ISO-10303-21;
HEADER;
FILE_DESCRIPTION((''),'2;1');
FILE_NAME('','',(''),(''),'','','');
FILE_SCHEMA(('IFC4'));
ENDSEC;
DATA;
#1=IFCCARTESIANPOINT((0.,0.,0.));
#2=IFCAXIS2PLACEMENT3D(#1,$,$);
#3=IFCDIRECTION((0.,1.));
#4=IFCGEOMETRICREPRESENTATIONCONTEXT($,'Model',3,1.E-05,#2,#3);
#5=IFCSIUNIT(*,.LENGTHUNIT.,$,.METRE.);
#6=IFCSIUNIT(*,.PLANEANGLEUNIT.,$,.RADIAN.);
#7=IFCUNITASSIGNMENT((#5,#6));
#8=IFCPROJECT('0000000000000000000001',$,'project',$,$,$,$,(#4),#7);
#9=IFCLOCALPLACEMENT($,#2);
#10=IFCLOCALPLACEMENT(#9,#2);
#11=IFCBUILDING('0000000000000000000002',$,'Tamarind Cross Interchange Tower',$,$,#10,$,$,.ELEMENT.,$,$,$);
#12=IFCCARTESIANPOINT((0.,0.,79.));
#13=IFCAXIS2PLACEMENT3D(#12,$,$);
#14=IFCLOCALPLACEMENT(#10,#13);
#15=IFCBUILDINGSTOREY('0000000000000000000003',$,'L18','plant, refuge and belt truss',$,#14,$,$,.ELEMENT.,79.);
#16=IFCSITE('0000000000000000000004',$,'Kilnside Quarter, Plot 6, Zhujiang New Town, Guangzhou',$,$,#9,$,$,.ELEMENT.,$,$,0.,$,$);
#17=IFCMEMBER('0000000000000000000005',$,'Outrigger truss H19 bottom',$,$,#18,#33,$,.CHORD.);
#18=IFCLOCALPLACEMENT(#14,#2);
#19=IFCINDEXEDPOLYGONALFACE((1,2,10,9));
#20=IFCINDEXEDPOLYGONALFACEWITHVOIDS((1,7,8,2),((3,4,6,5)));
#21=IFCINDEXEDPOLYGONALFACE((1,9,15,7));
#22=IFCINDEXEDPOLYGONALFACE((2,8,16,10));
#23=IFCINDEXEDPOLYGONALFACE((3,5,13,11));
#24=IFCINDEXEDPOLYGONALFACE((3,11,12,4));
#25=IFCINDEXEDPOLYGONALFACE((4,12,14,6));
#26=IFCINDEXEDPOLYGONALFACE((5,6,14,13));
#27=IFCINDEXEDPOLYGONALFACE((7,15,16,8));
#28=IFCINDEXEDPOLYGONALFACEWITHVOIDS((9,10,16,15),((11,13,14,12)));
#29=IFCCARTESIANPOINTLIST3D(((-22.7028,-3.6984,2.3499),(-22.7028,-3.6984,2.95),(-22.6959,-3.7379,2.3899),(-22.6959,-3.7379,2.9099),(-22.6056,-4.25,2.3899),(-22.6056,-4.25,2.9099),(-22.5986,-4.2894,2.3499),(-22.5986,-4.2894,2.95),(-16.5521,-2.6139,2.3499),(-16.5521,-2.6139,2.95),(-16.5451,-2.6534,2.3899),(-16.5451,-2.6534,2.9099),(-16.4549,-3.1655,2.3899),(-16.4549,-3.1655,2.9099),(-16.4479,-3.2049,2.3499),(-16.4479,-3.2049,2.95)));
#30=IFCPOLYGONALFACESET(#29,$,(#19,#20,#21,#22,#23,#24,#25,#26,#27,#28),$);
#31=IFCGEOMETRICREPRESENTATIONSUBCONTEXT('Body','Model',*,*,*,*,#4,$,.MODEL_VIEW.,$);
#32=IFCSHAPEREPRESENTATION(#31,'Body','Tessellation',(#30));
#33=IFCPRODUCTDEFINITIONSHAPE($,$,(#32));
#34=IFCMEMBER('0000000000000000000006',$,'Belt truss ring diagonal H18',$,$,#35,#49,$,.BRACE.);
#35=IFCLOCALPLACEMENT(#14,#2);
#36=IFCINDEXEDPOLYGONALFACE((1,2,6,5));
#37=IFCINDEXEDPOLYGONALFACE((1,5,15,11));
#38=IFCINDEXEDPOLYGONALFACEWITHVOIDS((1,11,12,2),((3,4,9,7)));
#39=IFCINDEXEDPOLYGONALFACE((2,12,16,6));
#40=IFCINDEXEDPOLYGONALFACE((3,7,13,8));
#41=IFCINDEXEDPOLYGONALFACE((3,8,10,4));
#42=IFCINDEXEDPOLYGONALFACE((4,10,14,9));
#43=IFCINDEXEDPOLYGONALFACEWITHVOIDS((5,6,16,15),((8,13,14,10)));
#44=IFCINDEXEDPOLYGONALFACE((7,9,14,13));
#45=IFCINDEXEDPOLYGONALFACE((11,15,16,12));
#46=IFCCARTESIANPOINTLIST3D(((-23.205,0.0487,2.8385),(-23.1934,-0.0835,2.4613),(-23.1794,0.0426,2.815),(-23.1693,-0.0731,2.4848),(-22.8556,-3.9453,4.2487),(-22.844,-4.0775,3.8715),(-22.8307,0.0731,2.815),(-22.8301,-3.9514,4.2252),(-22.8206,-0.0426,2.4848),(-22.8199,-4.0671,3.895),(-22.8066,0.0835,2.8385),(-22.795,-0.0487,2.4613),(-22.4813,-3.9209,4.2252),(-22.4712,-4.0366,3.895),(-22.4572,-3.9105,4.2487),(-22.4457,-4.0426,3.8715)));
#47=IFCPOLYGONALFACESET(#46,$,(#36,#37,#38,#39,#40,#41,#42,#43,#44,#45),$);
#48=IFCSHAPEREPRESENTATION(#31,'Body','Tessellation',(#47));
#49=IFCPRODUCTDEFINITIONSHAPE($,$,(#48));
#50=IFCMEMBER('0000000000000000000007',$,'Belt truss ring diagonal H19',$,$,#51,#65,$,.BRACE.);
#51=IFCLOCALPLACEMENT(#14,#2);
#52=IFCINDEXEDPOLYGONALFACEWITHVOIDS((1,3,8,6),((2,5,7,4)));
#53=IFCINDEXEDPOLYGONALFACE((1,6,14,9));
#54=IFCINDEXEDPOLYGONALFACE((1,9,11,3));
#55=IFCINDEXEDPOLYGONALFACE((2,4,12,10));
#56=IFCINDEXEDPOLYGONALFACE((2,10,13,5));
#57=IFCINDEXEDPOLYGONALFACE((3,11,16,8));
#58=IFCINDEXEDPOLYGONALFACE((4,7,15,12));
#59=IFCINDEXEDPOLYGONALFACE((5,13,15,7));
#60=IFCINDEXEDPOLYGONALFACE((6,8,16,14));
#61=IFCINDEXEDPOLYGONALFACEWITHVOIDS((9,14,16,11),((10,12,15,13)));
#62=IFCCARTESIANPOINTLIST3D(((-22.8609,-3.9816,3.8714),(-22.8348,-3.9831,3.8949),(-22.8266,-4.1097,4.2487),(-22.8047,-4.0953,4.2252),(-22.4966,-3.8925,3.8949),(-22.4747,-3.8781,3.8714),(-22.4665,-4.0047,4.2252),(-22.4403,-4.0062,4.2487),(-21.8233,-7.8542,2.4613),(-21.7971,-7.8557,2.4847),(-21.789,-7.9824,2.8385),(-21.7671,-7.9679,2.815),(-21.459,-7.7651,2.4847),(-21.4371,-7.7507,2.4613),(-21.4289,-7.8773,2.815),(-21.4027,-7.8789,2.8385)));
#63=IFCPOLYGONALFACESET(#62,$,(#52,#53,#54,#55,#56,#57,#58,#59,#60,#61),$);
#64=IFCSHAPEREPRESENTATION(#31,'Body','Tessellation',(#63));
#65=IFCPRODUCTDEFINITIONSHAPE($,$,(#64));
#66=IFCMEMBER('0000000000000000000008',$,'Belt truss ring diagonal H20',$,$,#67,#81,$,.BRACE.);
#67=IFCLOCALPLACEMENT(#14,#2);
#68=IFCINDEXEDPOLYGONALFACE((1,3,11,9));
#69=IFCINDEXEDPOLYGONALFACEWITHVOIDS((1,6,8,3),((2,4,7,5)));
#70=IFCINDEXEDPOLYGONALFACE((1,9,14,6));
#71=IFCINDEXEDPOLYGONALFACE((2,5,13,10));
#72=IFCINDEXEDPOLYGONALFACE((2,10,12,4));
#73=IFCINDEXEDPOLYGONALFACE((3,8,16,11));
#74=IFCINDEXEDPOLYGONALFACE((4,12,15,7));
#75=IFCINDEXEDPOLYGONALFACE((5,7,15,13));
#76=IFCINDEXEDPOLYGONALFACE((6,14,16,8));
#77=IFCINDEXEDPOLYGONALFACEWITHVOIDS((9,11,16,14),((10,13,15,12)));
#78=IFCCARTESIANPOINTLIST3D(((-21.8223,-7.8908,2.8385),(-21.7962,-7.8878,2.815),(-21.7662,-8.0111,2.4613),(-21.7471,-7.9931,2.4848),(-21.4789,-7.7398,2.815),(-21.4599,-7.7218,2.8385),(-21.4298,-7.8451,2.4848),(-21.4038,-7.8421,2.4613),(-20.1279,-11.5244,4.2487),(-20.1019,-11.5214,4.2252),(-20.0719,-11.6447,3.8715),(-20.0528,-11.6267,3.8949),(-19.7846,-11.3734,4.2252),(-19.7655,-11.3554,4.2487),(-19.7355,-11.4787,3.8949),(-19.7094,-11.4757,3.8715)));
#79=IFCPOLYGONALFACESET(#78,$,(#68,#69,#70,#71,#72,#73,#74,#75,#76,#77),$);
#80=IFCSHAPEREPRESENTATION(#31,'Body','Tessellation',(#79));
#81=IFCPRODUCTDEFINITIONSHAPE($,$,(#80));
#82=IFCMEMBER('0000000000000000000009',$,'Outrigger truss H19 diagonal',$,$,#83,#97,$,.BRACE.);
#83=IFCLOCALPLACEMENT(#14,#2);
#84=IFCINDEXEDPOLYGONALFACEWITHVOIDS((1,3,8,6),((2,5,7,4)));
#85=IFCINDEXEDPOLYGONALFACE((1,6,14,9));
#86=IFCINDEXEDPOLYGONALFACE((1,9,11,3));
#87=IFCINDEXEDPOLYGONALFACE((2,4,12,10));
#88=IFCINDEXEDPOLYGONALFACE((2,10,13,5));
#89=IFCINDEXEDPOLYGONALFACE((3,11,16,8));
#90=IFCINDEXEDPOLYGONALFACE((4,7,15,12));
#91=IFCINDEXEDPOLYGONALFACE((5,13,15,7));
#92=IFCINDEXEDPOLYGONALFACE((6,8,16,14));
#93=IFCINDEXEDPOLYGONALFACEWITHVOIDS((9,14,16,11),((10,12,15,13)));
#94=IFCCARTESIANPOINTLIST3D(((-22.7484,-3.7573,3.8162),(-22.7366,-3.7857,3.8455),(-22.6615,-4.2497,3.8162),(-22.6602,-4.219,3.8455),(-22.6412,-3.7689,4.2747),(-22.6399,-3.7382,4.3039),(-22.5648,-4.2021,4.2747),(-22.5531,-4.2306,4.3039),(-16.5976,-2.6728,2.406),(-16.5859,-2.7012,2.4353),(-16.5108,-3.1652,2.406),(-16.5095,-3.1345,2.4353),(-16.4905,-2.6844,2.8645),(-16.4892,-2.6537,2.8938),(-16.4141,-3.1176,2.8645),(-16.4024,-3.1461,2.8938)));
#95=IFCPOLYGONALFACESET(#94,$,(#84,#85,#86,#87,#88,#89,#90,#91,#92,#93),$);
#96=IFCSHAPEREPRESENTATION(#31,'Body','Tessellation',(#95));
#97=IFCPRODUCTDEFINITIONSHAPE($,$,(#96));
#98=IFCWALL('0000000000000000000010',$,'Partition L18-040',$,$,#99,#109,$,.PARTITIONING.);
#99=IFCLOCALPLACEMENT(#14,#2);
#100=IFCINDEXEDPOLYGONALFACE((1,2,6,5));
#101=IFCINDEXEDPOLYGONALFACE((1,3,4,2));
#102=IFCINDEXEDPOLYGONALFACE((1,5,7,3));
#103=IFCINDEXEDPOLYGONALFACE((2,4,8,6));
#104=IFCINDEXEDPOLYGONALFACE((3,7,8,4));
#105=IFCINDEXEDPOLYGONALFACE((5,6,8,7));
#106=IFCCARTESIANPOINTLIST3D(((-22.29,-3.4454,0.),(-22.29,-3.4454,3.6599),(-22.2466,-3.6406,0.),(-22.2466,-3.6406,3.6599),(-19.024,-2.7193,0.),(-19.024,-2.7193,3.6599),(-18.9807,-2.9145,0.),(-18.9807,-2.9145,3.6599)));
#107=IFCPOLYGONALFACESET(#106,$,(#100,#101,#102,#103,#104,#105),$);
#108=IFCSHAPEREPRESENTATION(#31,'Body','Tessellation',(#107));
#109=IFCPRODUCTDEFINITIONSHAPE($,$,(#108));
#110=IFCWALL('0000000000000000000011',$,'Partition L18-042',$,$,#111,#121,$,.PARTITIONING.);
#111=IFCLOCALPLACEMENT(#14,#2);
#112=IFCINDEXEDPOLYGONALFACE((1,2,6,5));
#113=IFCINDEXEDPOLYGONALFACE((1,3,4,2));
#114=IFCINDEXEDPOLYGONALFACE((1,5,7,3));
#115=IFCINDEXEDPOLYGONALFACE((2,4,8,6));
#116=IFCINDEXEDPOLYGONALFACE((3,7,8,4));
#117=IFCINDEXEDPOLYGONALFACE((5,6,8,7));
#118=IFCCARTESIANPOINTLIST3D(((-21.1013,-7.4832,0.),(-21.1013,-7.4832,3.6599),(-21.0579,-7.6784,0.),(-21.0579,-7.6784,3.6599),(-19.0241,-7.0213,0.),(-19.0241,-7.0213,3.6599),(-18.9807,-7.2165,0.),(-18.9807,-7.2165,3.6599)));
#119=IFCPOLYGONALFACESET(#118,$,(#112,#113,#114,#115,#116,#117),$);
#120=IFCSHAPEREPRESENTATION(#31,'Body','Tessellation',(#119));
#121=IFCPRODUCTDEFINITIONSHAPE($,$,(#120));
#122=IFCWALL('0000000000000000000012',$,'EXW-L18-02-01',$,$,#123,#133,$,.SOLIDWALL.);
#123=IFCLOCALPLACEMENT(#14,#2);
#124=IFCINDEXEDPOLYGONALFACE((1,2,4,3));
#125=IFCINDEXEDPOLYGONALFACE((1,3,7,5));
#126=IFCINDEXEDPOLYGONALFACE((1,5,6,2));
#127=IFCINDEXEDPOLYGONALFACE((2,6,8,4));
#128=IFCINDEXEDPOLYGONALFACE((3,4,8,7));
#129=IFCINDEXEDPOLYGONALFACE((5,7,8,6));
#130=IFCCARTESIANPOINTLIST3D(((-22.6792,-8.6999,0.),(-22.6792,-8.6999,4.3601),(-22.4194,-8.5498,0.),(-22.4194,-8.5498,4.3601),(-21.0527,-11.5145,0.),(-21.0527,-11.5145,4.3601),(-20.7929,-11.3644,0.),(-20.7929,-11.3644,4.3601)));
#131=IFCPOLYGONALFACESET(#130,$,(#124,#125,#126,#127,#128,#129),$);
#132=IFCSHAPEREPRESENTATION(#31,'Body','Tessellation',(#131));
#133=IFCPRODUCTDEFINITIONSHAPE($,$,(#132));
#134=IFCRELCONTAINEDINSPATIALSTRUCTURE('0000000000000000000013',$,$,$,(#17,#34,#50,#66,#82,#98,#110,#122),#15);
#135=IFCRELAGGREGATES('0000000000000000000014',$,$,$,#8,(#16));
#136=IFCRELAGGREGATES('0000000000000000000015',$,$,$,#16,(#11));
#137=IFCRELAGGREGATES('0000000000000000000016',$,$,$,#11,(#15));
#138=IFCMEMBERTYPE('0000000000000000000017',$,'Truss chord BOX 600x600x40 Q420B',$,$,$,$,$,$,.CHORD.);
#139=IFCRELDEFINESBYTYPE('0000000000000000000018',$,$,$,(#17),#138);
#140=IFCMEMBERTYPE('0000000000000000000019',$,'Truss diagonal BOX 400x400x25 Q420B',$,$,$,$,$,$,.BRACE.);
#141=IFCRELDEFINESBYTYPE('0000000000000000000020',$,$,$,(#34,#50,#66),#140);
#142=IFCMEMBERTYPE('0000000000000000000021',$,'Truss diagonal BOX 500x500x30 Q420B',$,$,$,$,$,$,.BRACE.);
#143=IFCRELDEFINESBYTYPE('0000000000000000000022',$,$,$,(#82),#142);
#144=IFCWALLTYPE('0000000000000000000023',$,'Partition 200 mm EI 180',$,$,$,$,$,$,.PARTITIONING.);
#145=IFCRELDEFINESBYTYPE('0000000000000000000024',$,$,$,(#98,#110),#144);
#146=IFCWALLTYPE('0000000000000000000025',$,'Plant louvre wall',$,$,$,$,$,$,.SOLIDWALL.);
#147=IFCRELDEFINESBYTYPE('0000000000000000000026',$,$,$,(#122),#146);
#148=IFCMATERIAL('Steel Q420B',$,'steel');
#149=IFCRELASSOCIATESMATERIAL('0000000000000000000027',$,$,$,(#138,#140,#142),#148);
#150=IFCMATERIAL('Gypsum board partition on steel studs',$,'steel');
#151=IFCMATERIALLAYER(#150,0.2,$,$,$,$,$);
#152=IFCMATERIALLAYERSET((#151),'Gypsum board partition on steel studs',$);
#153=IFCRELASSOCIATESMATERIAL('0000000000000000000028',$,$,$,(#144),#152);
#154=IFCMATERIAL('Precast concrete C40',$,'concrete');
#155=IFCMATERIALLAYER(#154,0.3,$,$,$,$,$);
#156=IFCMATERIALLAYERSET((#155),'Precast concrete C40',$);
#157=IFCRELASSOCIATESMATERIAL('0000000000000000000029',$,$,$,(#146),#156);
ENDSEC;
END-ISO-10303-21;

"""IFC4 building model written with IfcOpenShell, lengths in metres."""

from ifc_helpers import new_model, si_unit, direction, frame, frame_2d, origin, origin_2d, place, context, subcontext, project, spatial, rectangle, hollow_rectangle, extrude, material, layer, layer_set, material_profile, profile_set, type_object, element, save


model = new_model("IFC4")

# Units and contexts
model_context = context("Model", 3, precision=1e-05, world=origin(), true_north=direction((0.0, 1.0)))
body_context = subcontext(model_context, "Body", "Model", "MODEL_VIEW")
ifc_project = project(units=[si_unit("LENGTHUNIT", "METRE"), si_unit("PLANEANGLEUNIT", "RADIAN")], contexts=[model_context])

# Site, building, storey
site_placement = place(None, origin())
site = spatial("IfcSite", under=ifc_project, at=site_placement, Name="Kilnside Quarter, Plot 6, Zhujiang New Town, Guangzhou", CompositionType="ELEMENT", RefElevation=0.0)
building_placement = place(site_placement, origin())
building = spatial("IfcBuilding", under=site, at=building_placement, Name="Tamarind Cross Interchange Tower", CompositionType="ELEMENT")
storey_placement = place(building_placement, frame((0.0, 0.0, 79.0)))
storey = spatial("IfcBuildingStorey", under=building, at=storey_placement, Name="L18", Description="plant, refuge and belt truss", CompositionType="ELEMENT", Elevation=79.0)

# Members
ifc_material_1 = material(Name="Steel Q420B", Category="steel")
ifc_material_profile_1 = material_profile(ifc_material_1, hollow_rectangle(XDim=0.6001, YDim=0.6001, WallThickness=0.04, at=origin_2d()), Name="BOX 600x600x40")
ifc_profile_set_1 = profile_set([ifc_material_profile_1], Name="Steel Q420B")
member_type_1 = type_object("IfcMemberType", Name="Truss chord BOX 600x600x40 Q420B", PredefinedType="CHORD", material=ifc_profile_set_1)
for number, where, z_axis, x_axis, name in (
    (1, (-16.5, -2.9094, 2.6499), (-0.984809, -0.17364, 0.0), (0.17364, -0.984809, 0.0), "Outrigger truss H19 bottom"),
):
    element("IfcMember", number, at=place(storey_placement, frame(where, z_axis=z_axis, x_axis=x_axis)), inside=storey, type_object=member_type_1, Name=name, PredefinedType="CHORD", context=body_context, shape_type="SweptSolid", body=[
        extrude(hollow_rectangle(XDim=0.6001, YDim=0.6001, WallThickness=0.04, at=origin_2d()), origin(), (0.0, 0.0, 1.0), 6.2456),
    ])
ifc_material_profile_2 = material_profile(ifc_material_1, hollow_rectangle(XDim=0.3999, YDim=0.3999, WallThickness=0.0249, at=origin_2d()), Name="BOX 400x400x25")
ifc_profile_set_2 = profile_set([ifc_material_profile_2], Name="Steel Q420B")
member_type_2 = type_object("IfcMemberType", Name="Truss diagonal BOX 400x400x25 Q420B", PredefinedType="BRACE", material=ifc_profile_set_2)
for number, where, z_axis, x_axis, name in (
    (2, (-23.0, 0.0, 2.6499), (0.082205, -0.939758, 0.331808), (0.996196, 0.087142, 0.0), "Belt truss ring diagonal H18"),
    (3, (-22.6506, -3.9939, 4.0601), (0.244145, -0.911206, -0.331807), (0.965929, 0.258807, 0.0), "Belt truss ring diagonal H19"),
    (4, (-21.613, -7.8665, 2.6499), (0.398673, -0.854964, 0.331806), (0.906309, 0.422615, 0.0), "Belt truss ring diagonal H20"),
):
    element("IfcMember", number, at=place(storey_placement, frame(where, z_axis=z_axis, x_axis=x_axis)), inside=storey, type_object=member_type_2, Name=name, PredefinedType="BRACE", context=body_context, shape_type="SweptSolid", body=[
        extrude(hollow_rectangle(XDim=0.3999, YDim=0.3999, WallThickness=0.0249, at=origin_2d()), origin(), (0.0, 0.0, 1.0), 4.25),
    ])
ifc_material_profile_3 = material_profile(ifc_material_1, hollow_rectangle(XDim=0.5, YDim=0.5, WallThickness=0.03, at=origin_2d()), Name="BOX 500x500x30")
ifc_profile_set_3 = profile_set([ifc_material_profile_3], Name="Steel Q420B")
member_type_3 = type_object("IfcMemberType", Name="Truss diagonal BOX 500x500x30 Q420B", PredefinedType="BRACE", material=ifc_profile_set_3)
member_placement = place(storey_placement, frame((-16.5, -2.9094, 2.6499), z_axis=(-0.960627, -0.169377, 0.220243), x_axis=(0.17364, -0.984809, 0.0)))
element("IfcMember", 5, at=member_placement, inside=storey, type_object=member_type_3, Name="Outrigger truss H19 diagonal", PredefinedType="BRACE", context=body_context, shape_type="SweptSolid", body=[
    extrude(hollow_rectangle(XDim=0.5, YDim=0.5, WallThickness=0.03, at=origin_2d()), origin(), (0.0, 0.0, 1.0), 6.4028),
])

# Walls
ifc_material_2 = material(Name="Gypsum board partition on steel studs", Category="steel")
ifc_layer_1 = layer(ifc_material_2, 0.2)
ifc_layer_set_1 = layer_set([ifc_layer_1], Name="Gypsum board partition on steel studs")
wall_type_1 = type_object("IfcWallType", Name="Partition 200 mm EI 180", PredefinedType="PARTITIONING", material=ifc_layer_set_1)
wall_1_placement = place(storey_placement, frame((-22.2683, -3.543, 0.0), z_axis=(0.0, 0.0, 1.0), x_axis=(0.976166, 0.217023, 0.0)))
element("IfcWall", 6, at=wall_1_placement, inside=storey, type_object=wall_type_1, Name="Partition L18-040", PredefinedType="PARTITIONING", context=body_context, shape_type="SweptSolid", body=[
    extrude(rectangle(XDim=3.3457, YDim=0.2, at=frame_2d((1.6729, 0.0))), origin(), (0.0, 0.0, 1.0), 3.6599),
])
wall_2_placement = place(storey_placement, frame((-21.0796, -7.5808, 0.0), z_axis=(0.0, 0.0, 1.0), x_axis=(0.976155, 0.217076, 0.0)))
element("IfcWall", 7, at=wall_2_placement, inside=storey, type_object=wall_type_1, Name="Partition L18-042", PredefinedType="PARTITIONING", context=body_context, shape_type="SweptSolid", body=[
    extrude(rectangle(XDim=2.1279, YDim=0.2, at=frame_2d((1.064, 0.0))), origin(), (0.0, 0.0, 1.0), 3.6599),
])
ifc_material_3 = material(Name="Precast concrete C40", Category="concrete")
ifc_layer_2 = layer(ifc_material_3, 0.3)
ifc_layer_set_2 = layer_set([ifc_layer_2], Name="Precast concrete C40")
wall_type_2 = type_object("IfcWallType", Name="Plant louvre wall", PredefinedType="SOLIDWALL", material=ifc_layer_set_2)
wall_3_placement = place(storey_placement, frame((-22.5493, -8.6248, 0.0), z_axis=(0.0, 0.0, 1.0), x_axis=(0.500323, -0.865839, 0.0)))
element("IfcWall", 8, at=wall_3_placement, inside=storey, type_object=wall_type_2, Name="EXW-L18-02-01", PredefinedType="SOLIDWALL", context=body_context, shape_type="SweptSolid", body=[
    extrude(rectangle(XDim=3.2507, YDim=0.3, at=frame_2d((1.6255, 0.0))), origin(), (0.0, 0.0, 1.0), 4.3601),
])

save(model, "model.ifc")
